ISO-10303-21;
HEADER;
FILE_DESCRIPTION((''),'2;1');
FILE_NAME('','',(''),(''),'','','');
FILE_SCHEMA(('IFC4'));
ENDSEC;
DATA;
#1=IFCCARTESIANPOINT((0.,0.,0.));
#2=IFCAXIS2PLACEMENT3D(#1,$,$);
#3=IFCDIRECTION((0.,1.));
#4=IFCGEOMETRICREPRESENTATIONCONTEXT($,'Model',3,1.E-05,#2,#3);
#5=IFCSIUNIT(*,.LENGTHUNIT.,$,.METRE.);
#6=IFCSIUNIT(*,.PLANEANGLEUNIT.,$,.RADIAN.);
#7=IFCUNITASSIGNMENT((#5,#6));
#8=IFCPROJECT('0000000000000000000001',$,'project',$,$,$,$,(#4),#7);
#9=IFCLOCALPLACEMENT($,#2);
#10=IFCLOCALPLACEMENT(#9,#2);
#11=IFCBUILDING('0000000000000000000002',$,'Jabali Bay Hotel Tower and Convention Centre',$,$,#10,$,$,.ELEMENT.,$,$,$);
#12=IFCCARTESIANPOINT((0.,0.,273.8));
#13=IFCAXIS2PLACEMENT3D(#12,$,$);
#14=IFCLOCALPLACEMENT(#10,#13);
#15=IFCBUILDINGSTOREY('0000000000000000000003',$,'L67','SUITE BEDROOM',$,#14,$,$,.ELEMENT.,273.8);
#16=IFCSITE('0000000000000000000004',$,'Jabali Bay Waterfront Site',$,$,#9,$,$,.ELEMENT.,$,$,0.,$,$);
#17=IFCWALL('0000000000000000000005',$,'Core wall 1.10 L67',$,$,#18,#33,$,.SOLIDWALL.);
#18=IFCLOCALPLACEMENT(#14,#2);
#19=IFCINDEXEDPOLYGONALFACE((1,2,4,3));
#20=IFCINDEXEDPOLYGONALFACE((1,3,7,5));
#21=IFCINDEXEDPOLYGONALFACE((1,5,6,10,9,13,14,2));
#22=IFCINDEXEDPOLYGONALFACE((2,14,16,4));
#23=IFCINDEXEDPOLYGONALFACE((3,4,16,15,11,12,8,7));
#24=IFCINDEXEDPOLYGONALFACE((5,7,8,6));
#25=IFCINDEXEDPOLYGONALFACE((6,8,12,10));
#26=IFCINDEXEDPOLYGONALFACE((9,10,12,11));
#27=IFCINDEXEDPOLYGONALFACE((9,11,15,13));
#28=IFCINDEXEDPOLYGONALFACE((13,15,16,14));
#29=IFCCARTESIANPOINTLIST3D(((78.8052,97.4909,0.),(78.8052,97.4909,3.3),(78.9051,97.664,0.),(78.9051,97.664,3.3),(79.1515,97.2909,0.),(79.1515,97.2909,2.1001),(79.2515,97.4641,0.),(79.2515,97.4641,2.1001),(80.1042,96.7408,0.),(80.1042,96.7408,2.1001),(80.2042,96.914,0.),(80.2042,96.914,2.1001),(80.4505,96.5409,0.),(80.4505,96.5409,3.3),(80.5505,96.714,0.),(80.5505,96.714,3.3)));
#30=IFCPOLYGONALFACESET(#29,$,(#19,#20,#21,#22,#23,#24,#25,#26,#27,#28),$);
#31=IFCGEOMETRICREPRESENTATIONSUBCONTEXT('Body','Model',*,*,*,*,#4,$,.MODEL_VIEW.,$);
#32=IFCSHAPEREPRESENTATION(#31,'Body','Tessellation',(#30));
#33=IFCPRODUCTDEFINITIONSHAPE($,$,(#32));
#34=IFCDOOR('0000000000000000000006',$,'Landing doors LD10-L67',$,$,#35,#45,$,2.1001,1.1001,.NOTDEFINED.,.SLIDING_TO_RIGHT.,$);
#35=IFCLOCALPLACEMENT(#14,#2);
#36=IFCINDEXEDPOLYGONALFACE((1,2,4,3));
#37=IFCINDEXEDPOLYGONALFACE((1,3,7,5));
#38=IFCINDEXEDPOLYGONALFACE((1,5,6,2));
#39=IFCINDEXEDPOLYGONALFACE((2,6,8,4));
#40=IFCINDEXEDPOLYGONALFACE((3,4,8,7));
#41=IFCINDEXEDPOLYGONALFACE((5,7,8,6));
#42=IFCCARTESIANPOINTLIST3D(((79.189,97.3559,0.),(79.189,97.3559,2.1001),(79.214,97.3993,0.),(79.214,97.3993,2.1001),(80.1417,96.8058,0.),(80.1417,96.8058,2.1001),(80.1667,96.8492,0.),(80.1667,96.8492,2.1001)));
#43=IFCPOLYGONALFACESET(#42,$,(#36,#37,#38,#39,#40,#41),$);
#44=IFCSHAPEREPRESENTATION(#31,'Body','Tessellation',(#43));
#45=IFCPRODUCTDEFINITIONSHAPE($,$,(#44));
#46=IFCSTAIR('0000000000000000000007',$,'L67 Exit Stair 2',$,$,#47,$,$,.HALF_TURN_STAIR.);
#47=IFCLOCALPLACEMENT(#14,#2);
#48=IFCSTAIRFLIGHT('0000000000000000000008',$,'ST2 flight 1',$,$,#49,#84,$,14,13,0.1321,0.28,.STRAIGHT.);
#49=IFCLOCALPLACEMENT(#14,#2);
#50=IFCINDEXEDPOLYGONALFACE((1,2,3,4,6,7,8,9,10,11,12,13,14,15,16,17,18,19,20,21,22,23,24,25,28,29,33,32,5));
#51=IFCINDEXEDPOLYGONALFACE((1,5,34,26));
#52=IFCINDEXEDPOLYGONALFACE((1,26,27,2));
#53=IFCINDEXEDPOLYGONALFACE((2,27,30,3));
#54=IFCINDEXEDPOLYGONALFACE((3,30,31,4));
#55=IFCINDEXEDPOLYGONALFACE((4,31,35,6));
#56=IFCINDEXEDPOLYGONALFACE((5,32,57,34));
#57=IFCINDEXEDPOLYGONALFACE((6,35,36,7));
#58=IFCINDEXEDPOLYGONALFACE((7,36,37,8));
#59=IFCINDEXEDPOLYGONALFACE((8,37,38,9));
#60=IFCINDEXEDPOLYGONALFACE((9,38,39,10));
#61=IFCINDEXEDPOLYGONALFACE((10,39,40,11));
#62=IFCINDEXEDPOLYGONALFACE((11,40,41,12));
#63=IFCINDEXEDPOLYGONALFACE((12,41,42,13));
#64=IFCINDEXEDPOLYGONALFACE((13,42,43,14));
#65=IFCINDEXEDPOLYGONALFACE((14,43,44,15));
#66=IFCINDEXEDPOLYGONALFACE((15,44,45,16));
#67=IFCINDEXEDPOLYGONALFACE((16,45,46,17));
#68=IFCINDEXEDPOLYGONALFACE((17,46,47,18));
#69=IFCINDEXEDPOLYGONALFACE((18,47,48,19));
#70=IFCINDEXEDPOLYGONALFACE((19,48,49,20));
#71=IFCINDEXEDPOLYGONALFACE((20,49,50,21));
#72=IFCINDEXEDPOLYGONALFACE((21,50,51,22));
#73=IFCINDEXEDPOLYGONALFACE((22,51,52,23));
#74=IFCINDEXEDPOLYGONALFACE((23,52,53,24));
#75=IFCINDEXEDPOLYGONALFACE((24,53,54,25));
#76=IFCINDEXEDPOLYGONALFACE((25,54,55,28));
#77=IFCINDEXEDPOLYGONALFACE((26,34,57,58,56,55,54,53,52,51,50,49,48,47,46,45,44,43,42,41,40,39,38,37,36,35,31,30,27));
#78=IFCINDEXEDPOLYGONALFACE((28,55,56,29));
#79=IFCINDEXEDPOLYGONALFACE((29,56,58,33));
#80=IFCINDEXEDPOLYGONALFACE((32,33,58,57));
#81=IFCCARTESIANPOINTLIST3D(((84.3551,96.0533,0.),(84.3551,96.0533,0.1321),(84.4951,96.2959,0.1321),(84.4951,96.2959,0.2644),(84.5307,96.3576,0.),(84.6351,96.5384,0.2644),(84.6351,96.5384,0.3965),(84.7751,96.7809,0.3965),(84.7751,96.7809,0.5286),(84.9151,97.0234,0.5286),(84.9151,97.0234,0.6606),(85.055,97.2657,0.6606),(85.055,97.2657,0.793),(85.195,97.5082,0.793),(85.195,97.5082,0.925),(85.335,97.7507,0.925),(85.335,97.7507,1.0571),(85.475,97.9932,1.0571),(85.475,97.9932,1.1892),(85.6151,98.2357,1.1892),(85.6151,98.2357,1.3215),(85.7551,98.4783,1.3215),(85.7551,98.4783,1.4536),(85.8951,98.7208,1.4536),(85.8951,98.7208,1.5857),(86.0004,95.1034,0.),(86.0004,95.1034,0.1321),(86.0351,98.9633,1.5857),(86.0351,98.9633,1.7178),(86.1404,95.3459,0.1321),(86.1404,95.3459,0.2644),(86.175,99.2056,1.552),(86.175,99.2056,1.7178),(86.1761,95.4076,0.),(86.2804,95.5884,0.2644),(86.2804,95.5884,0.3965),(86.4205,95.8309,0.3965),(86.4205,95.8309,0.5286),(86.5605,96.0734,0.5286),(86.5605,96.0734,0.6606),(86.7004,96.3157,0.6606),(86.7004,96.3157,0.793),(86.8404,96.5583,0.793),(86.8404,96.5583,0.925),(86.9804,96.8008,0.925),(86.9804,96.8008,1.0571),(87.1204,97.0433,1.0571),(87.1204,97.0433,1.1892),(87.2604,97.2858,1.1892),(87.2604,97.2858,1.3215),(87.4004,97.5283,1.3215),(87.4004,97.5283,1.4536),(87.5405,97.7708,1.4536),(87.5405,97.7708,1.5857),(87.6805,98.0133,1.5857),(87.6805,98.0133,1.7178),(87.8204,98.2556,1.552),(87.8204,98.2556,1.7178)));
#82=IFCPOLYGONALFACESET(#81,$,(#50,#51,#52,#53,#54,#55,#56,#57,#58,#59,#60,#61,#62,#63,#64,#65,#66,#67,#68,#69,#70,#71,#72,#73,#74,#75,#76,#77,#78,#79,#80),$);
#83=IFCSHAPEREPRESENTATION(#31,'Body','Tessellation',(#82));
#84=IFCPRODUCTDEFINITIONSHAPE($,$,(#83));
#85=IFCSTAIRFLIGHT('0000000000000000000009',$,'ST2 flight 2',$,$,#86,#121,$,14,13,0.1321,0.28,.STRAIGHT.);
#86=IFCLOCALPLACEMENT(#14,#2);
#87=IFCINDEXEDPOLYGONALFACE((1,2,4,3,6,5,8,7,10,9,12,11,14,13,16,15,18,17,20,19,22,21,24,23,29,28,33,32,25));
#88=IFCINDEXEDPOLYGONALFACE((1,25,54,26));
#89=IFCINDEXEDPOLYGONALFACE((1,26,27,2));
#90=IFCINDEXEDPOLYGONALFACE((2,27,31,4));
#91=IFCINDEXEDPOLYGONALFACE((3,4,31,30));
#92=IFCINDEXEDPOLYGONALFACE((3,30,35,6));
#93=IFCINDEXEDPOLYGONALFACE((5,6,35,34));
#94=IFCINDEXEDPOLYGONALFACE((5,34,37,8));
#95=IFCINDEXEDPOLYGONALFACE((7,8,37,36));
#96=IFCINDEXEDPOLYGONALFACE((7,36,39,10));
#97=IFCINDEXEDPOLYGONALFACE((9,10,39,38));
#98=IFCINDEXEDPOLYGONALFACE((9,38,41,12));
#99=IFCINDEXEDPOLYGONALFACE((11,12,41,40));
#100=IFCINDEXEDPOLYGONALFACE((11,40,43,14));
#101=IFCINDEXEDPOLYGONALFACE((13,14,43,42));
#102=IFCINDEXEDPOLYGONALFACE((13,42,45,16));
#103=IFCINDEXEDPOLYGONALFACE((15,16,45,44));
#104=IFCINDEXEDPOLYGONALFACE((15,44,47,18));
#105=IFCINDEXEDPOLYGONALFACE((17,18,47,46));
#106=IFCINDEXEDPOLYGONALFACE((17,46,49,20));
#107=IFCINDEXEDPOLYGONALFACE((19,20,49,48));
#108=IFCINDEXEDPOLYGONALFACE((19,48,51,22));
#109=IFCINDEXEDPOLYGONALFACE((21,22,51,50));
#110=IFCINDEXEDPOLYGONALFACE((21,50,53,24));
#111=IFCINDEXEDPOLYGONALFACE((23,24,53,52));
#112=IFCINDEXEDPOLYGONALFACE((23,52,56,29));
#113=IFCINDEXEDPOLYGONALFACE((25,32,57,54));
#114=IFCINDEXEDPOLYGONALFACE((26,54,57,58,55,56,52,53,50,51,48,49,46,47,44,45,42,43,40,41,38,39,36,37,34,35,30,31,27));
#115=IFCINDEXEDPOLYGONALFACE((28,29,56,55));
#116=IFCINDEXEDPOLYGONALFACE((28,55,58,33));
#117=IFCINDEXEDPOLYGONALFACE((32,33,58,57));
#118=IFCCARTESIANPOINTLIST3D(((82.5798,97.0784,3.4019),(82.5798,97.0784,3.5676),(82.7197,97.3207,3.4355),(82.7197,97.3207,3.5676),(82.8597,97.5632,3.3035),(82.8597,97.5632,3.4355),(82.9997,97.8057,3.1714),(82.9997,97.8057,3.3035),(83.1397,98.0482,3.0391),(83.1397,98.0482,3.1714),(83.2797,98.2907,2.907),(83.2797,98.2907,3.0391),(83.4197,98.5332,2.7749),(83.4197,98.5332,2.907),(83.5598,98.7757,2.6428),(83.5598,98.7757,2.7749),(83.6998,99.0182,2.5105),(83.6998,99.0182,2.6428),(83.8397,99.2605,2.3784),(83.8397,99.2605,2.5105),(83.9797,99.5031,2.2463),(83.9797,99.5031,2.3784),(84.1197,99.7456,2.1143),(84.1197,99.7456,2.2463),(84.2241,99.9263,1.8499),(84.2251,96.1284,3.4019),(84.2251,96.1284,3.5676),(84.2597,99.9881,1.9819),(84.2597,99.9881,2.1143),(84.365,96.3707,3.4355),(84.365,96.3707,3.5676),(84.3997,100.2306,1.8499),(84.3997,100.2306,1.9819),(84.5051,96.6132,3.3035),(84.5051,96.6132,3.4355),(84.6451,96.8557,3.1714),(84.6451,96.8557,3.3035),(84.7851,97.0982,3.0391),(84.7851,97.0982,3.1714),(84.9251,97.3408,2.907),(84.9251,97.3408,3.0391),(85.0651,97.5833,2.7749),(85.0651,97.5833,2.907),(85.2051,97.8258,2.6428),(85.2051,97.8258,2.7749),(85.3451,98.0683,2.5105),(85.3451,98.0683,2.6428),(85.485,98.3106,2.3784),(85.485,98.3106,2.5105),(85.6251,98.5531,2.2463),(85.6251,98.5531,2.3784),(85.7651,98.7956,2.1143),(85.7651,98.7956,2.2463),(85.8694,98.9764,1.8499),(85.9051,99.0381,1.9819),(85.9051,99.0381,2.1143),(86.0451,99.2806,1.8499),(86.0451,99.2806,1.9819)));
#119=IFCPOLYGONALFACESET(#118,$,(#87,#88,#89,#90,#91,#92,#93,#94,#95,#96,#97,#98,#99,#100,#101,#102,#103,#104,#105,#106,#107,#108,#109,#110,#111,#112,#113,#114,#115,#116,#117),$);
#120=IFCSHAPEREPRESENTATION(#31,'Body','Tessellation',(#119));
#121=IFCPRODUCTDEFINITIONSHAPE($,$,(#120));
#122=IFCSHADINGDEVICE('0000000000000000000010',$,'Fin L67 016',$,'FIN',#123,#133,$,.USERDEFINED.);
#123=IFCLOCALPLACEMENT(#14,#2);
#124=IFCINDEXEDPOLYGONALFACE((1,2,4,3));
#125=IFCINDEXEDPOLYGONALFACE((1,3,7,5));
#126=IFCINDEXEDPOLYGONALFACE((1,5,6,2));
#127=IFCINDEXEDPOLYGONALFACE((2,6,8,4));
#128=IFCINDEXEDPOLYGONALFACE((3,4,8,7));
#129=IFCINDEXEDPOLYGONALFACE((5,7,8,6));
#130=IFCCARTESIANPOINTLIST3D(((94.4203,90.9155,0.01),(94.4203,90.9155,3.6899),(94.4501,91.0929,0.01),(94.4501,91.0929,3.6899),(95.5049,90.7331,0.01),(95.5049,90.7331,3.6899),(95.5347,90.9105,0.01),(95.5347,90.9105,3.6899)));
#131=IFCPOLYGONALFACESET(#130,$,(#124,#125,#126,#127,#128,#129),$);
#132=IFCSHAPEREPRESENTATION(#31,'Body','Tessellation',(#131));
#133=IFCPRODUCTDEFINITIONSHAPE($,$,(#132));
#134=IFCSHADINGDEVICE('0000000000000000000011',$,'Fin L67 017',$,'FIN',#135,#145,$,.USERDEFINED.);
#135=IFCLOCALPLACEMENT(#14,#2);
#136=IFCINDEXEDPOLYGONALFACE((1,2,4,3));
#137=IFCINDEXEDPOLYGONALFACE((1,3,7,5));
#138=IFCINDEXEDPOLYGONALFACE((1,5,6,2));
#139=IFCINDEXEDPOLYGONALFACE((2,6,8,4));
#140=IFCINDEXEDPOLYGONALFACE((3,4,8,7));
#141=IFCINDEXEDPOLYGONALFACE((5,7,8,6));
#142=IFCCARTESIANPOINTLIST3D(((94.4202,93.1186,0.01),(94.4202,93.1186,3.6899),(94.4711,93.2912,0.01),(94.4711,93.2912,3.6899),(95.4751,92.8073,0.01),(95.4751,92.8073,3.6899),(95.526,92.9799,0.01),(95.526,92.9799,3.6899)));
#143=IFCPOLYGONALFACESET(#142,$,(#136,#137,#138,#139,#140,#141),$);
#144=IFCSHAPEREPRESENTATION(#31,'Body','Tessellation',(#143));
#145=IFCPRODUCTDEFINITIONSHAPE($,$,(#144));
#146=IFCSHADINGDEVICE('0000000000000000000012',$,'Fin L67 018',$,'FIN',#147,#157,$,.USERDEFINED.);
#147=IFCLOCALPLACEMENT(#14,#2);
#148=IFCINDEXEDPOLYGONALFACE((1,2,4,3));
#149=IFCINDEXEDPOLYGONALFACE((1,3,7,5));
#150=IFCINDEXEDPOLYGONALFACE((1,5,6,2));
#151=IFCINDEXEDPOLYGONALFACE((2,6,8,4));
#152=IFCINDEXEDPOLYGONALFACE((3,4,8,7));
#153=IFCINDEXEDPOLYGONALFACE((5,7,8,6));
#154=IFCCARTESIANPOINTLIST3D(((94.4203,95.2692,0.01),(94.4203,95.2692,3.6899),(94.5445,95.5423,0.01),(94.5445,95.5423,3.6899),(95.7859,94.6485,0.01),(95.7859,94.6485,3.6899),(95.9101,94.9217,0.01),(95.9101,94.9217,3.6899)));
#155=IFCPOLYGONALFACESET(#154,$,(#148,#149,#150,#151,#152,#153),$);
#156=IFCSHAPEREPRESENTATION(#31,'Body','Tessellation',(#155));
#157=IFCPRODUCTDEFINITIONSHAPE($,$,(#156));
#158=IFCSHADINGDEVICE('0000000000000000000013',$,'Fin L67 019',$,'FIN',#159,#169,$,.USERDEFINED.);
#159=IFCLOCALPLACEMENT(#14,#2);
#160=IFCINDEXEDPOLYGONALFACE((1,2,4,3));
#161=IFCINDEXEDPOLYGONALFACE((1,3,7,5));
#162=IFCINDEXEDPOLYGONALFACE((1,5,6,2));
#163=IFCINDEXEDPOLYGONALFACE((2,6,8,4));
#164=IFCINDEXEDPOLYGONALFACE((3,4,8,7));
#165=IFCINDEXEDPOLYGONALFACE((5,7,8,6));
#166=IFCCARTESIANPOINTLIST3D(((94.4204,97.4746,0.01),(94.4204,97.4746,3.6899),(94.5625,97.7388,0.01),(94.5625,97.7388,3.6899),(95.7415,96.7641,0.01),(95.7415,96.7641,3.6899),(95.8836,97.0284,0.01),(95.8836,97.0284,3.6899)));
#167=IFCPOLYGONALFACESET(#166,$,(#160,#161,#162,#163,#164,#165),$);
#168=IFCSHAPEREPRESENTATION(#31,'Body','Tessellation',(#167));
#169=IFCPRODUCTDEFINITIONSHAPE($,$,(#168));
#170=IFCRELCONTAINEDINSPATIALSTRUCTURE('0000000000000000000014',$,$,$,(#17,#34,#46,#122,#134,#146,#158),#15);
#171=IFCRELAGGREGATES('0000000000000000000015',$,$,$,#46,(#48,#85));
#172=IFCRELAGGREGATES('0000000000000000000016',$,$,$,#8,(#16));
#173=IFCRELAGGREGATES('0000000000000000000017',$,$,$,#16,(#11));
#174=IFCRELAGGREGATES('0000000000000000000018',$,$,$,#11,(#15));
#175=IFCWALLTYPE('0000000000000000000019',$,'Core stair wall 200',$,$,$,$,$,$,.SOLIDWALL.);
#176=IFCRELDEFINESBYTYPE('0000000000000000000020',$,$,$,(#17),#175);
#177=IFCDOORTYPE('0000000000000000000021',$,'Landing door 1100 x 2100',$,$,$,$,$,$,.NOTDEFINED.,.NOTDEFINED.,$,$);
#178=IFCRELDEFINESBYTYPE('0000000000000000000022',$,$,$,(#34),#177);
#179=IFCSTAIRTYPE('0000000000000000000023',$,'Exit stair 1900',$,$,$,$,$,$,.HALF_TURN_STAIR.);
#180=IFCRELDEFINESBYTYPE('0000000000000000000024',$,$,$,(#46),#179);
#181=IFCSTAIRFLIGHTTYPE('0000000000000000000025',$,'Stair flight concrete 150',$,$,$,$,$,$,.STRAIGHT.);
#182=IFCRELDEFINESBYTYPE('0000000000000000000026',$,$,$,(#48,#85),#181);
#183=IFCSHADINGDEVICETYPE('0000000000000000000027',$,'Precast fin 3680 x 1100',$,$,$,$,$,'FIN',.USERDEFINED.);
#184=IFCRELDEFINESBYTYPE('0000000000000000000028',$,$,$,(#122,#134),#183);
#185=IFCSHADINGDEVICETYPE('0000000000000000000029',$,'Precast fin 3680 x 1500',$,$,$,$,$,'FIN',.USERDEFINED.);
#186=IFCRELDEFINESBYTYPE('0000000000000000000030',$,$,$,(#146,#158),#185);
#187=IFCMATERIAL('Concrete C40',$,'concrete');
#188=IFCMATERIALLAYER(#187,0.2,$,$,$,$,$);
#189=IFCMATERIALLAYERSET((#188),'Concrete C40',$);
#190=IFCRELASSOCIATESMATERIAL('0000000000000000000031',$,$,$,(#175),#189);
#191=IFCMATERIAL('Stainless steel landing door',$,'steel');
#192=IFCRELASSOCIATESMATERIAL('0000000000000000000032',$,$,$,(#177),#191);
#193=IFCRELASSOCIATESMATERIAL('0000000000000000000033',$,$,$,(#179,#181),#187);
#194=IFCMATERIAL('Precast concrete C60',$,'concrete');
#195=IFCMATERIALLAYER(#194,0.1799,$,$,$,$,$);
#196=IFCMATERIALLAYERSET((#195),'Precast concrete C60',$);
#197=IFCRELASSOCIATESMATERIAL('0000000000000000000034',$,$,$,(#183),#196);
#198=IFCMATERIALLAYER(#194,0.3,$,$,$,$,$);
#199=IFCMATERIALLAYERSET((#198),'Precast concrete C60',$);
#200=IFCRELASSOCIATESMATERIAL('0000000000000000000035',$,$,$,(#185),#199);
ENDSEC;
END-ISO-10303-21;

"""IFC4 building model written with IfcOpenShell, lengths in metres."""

from ifc_helpers import new_model, si_unit, direction, frame, frame_2d, origin, place, context, subcontext, project, spatial, polyline, rectangle, outline, extrude, material, layer, layer_set, type_object, element, fill, aggregate, save


model = new_model("IFC4")

# Units and contexts
model_context = context("Model", 3, precision=1e-05, world=origin(), true_north=direction((0.0, 1.0)))
body_context = subcontext(model_context, "Body", "Model", "MODEL_VIEW")
ifc_project = project(units=[si_unit("LENGTHUNIT", "METRE"), si_unit("PLANEANGLEUNIT", "RADIAN")], contexts=[model_context])

# Site, building, storey
site_placement = place(None, origin())
site = spatial("IfcSite", under=ifc_project, at=site_placement, Name="Jabali Bay Waterfront Site", CompositionType="ELEMENT", RefElevation=0.0)
building_placement = place(site_placement, origin())
building = spatial("IfcBuilding", under=site, at=building_placement, Name="Jabali Bay Hotel Tower and Convention Centre", CompositionType="ELEMENT")
storey_placement = place(building_placement, frame((0.0, 0.0, 273.8)))
storey = spatial("IfcBuildingStorey", under=building, at=storey_placement, Name="L67", Description="SUITE BEDROOM", CompositionType="ELEMENT", Elevation=273.8)

# Shared definitions
ifc_material_1 = material(Name="Concrete C40", Category="concrete")
ifc_layer_1 = layer(ifc_material_1, 0.2)
ifc_layer_set_1 = layer_set([ifc_layer_1], Name="Concrete C40")
wall_type_1 = type_object("IfcWallType", Name="Core stair wall 200", PredefinedType="SOLIDWALL", material=ifc_layer_set_1)

# Wall, opening, door
wall_1_placement = place(storey_placement, frame((80.5005, 96.6274, 0.0), z_axis=(0.0, 0.0, 1.0), x_axis=(-0.866012, 0.500023, 0.0)))
wall_1 = element("IfcWall", 1, at=wall_1_placement, inside=storey, type_object=wall_type_1, Name="Core wall 1.10 L67", PredefinedType="SOLIDWALL", context=body_context, shape_type="SweptSolid", body=[
    extrude(rectangle(XDim=1.8999, YDim=0.2, at=frame_2d((0.95, 0.0))), origin(), (0.0, 0.0, 1.0), 3.3),
])
opening_1_placement = place(wall_1_placement, frame((0.3999, 0.0, 0.0)))
opening_1 = element("IfcOpeningElement", 2, at=opening_1_placement, cuts=wall_1, PredefinedType="OPENING", context=body_context, shape_type="SweptSolid", body=[
    extrude(rectangle(XDim=1.1001, YDim=2.1001, at=frame_2d((0.55, 1.05))), frame((0.0, 0.1104, 0.0), z_axis=(0.0, -1.0, 0.0), x_axis=(1.0, 0.0, 0.0)), (0.0, 0.0, 1.0), 0.2209),
])
ifc_material_2 = material(Name="Stainless steel landing door", Category="steel")
door_type_1 = type_object("IfcDoorType", Name="Landing door 1100 x 2100", OperationType="NOTDEFINED", PredefinedType="NOTDEFINED", material=ifc_material_2)
door_1_placement = place(opening_1_placement, origin())
door_1 = element("IfcDoor", 3, at=door_1_placement, inside=storey, type_object=door_type_1, Name="Landing doors LD10-L67", OperationType="SLIDING_TO_RIGHT", OverallHeight=2.1001, OverallWidth=1.1001, PredefinedType="NOTDEFINED", context=body_context, shape_type="SweptSolid", body=[
    extrude(rectangle(XDim=1.1001, YDim=2.1001, at=frame_2d((0.55, 1.05))), frame((0.0, 0.0249, 0.0), z_axis=(0.0, -1.0, 0.0), x_axis=(1.0, 0.0, 0.0)), (0.0, 0.0, 1.0), 0.05),
])
fill(opening_1, door_1)

# Stair, stair flights
stair_type = type_object("IfcStairType", Name="Exit stair 1900", PredefinedType="HALF_TURN_STAIR", material=ifc_material_1)
stair_placement = place(storey_placement, origin())
stair = element("IfcStair", 4, at=stair_placement, inside=storey, type_object=stair_type, Name="L67 Exit Stair 2", PredefinedType="HALF_TURN_STAIR")
stair_flight_type = type_object("IfcStairFlightType", Name="Stair flight concrete 150", PredefinedType="STRAIGHT", material=ifc_material_1)
stair_flight_1_placement = place(storey_placement, frame((85.1777, 95.5784, 0.0), z_axis=(0.0, 0.0, 1.0), x_axis=(0.5, 0.866025, 0.0)))
stair_flight_1 = element("IfcStairFlight", 5, at=stair_flight_1_placement, type_object=stair_flight_type, Name="ST2 flight 1", NumberOfRisers=14, NumberOfTreads=13, PredefinedType="STRAIGHT", RiserHeight=0.1321, TreadLength=0.28, context=body_context, shape_type="SweptSolid", body=[
    extrude(outline(polyline([(0.0, 0.0), (0.0, 0.1321), (0.28, 0.1321), (0.28, 0.2644), (0.5601, 0.2644), (0.5601, 0.3965), (0.8401, 0.3965), (0.8401, 0.5286), (1.1201, 0.5286), (1.1201, 0.6606), (1.3999, 0.6606), (1.3999, 0.793), (1.6799, 0.793), (1.6799, 0.925), (1.96, 0.925), (1.96, 1.0571), (2.24, 1.0571), (2.24, 1.1892), (2.52, 1.1892), (2.52, 1.3215), (2.8, 1.3215), (2.8, 1.4536), (3.0801, 1.4536), (3.0801, 1.5857), (3.3601, 1.5857), (3.3601, 1.7178), (3.6399, 1.7178), (3.6399, 1.8501), (3.6399, 1.552), (0.3513, 0.0), (0.0, 0.0)])), frame((0.0, 0.95, 0.0), z_axis=(0.0, -1.0, 0.0), x_axis=(1.0, 0.0, 0.0)), (0.0, 0.0, 1.0), 1.8999),
])
stair_flight_2_placement = place(storey_placement, frame((85.2224, 99.7556, 1.8499), z_axis=(0.0, 0.0, 1.0), x_axis=(-0.5, -0.866025, 0.0)))
stair_flight_2 = element("IfcStairFlight", 6, at=stair_flight_2_placement, type_object=stair_flight_type, Name="ST2 flight 2", NumberOfRisers=14, NumberOfTreads=13, PredefinedType="STRAIGHT", RiserHeight=0.1321, TreadLength=0.28, context=body_context, shape_type="SweptSolid", body=[
    extrude(outline(polyline([(0.0, 0.0), (0.0, 0.1321), (0.28, 0.1321), (0.28, 0.2644), (0.5601, 0.2644), (0.5601, 0.3965), (0.8401, 0.3965), (0.8401, 0.5286), (1.1201, 0.5286), (1.1201, 0.6606), (1.3999, 0.6606), (1.3999, 0.793), (1.6799, 0.793), (1.6799, 0.925), (1.96, 0.925), (1.96, 1.0571), (2.24, 1.0571), (2.24, 1.1892), (2.52, 1.1892), (2.52, 1.3215), (2.8, 1.3215), (2.8, 1.4536), (3.0801, 1.4536), (3.0801, 1.5857), (3.3601, 1.5857), (3.3601, 1.7178), (3.6399, 1.7178), (3.6399, 1.8501), (3.6399, 1.552), (0.3513, 0.0), (0.0, 0.0)])), frame((0.0, 0.95, 0.0), z_axis=(0.0, -1.0, 0.0), x_axis=(1.0, 0.0, 0.0)), (0.0, 0.0, 1.0), 1.8999),
])
aggregate(stair, [stair_flight_1, stair_flight_2])

# Shading devices
ifc_material_3 = material(Name="Precast concrete C60", Category="concrete")
ifc_layer_2 = layer(ifc_material_3, 0.1799)
ifc_layer_set_2 = layer_set([ifc_layer_2], Name="Precast concrete C60")
shading_device_type_1 = type_object("IfcShadingDeviceType", Name="Precast fin 3680 x 1100", ElementType="FIN", PredefinedType="USERDEFINED", material=ifc_layer_set_2)
for number, where, z_axis, x_axis, name in (
    (7, (94.4353, 91.0042, 0.01), (0.0, 0.0, 1.0), (0.986159, -0.165803, 0.0), "Fin L67 016"),
    (8, (94.4458, 93.2048, 0.01), (0.0, 0.0, 1.0), (0.959118, -0.283007, 0.0), "Fin L67 017"),
):
    element("IfcShadingDevice", number, at=place(storey_placement, frame(where, z_axis=z_axis, x_axis=x_axis)), inside=storey, type_object=shading_device_type_1, Name=name, ObjectType="FIN", PredefinedType="USERDEFINED", context=body_context, shape_type="SweptSolid", body=[
        extrude(rectangle(XDim=1.0999, YDim=0.1799, at=frame_2d((0.5498, 0.0))), origin(), (0.0, 0.0, 1.0), 3.6799),
    ])
ifc_layer_3 = layer(ifc_material_3, 0.3)
ifc_layer_set_3 = layer_set([ifc_layer_3], Name="Precast concrete C60")
shading_device_type_2 = type_object("IfcShadingDeviceType", Name="Precast fin 3680 x 1500", ElementType="FIN", PredefinedType="USERDEFINED", material=ifc_layer_set_3)
for number, where, z_axis, x_axis, name in (
    (9, (94.4824, 95.4058, 0.01), (0.0, 0.0, 1.0), (0.910383, -0.413766, 0.0), "Fin L67 018"),
    (10, (94.4915, 97.6067, 0.01), (0.0, 0.0, 1.0), (0.880717, -0.473644, 0.0), "Fin L67 019"),
):
    element("IfcShadingDevice", number, at=place(storey_placement, frame(where, z_axis=z_axis, x_axis=x_axis)), inside=storey, type_object=shading_device_type_2, Name=name, ObjectType="FIN", PredefinedType="USERDEFINED", context=body_context, shape_type="SweptSolid", body=[
        extrude(rectangle(XDim=1.5, YDim=0.3, at=frame_2d((0.75, 0.0))), origin(), (0.0, 0.0, 1.0), 3.6799),
    ])

save(model, "model.ifc")
